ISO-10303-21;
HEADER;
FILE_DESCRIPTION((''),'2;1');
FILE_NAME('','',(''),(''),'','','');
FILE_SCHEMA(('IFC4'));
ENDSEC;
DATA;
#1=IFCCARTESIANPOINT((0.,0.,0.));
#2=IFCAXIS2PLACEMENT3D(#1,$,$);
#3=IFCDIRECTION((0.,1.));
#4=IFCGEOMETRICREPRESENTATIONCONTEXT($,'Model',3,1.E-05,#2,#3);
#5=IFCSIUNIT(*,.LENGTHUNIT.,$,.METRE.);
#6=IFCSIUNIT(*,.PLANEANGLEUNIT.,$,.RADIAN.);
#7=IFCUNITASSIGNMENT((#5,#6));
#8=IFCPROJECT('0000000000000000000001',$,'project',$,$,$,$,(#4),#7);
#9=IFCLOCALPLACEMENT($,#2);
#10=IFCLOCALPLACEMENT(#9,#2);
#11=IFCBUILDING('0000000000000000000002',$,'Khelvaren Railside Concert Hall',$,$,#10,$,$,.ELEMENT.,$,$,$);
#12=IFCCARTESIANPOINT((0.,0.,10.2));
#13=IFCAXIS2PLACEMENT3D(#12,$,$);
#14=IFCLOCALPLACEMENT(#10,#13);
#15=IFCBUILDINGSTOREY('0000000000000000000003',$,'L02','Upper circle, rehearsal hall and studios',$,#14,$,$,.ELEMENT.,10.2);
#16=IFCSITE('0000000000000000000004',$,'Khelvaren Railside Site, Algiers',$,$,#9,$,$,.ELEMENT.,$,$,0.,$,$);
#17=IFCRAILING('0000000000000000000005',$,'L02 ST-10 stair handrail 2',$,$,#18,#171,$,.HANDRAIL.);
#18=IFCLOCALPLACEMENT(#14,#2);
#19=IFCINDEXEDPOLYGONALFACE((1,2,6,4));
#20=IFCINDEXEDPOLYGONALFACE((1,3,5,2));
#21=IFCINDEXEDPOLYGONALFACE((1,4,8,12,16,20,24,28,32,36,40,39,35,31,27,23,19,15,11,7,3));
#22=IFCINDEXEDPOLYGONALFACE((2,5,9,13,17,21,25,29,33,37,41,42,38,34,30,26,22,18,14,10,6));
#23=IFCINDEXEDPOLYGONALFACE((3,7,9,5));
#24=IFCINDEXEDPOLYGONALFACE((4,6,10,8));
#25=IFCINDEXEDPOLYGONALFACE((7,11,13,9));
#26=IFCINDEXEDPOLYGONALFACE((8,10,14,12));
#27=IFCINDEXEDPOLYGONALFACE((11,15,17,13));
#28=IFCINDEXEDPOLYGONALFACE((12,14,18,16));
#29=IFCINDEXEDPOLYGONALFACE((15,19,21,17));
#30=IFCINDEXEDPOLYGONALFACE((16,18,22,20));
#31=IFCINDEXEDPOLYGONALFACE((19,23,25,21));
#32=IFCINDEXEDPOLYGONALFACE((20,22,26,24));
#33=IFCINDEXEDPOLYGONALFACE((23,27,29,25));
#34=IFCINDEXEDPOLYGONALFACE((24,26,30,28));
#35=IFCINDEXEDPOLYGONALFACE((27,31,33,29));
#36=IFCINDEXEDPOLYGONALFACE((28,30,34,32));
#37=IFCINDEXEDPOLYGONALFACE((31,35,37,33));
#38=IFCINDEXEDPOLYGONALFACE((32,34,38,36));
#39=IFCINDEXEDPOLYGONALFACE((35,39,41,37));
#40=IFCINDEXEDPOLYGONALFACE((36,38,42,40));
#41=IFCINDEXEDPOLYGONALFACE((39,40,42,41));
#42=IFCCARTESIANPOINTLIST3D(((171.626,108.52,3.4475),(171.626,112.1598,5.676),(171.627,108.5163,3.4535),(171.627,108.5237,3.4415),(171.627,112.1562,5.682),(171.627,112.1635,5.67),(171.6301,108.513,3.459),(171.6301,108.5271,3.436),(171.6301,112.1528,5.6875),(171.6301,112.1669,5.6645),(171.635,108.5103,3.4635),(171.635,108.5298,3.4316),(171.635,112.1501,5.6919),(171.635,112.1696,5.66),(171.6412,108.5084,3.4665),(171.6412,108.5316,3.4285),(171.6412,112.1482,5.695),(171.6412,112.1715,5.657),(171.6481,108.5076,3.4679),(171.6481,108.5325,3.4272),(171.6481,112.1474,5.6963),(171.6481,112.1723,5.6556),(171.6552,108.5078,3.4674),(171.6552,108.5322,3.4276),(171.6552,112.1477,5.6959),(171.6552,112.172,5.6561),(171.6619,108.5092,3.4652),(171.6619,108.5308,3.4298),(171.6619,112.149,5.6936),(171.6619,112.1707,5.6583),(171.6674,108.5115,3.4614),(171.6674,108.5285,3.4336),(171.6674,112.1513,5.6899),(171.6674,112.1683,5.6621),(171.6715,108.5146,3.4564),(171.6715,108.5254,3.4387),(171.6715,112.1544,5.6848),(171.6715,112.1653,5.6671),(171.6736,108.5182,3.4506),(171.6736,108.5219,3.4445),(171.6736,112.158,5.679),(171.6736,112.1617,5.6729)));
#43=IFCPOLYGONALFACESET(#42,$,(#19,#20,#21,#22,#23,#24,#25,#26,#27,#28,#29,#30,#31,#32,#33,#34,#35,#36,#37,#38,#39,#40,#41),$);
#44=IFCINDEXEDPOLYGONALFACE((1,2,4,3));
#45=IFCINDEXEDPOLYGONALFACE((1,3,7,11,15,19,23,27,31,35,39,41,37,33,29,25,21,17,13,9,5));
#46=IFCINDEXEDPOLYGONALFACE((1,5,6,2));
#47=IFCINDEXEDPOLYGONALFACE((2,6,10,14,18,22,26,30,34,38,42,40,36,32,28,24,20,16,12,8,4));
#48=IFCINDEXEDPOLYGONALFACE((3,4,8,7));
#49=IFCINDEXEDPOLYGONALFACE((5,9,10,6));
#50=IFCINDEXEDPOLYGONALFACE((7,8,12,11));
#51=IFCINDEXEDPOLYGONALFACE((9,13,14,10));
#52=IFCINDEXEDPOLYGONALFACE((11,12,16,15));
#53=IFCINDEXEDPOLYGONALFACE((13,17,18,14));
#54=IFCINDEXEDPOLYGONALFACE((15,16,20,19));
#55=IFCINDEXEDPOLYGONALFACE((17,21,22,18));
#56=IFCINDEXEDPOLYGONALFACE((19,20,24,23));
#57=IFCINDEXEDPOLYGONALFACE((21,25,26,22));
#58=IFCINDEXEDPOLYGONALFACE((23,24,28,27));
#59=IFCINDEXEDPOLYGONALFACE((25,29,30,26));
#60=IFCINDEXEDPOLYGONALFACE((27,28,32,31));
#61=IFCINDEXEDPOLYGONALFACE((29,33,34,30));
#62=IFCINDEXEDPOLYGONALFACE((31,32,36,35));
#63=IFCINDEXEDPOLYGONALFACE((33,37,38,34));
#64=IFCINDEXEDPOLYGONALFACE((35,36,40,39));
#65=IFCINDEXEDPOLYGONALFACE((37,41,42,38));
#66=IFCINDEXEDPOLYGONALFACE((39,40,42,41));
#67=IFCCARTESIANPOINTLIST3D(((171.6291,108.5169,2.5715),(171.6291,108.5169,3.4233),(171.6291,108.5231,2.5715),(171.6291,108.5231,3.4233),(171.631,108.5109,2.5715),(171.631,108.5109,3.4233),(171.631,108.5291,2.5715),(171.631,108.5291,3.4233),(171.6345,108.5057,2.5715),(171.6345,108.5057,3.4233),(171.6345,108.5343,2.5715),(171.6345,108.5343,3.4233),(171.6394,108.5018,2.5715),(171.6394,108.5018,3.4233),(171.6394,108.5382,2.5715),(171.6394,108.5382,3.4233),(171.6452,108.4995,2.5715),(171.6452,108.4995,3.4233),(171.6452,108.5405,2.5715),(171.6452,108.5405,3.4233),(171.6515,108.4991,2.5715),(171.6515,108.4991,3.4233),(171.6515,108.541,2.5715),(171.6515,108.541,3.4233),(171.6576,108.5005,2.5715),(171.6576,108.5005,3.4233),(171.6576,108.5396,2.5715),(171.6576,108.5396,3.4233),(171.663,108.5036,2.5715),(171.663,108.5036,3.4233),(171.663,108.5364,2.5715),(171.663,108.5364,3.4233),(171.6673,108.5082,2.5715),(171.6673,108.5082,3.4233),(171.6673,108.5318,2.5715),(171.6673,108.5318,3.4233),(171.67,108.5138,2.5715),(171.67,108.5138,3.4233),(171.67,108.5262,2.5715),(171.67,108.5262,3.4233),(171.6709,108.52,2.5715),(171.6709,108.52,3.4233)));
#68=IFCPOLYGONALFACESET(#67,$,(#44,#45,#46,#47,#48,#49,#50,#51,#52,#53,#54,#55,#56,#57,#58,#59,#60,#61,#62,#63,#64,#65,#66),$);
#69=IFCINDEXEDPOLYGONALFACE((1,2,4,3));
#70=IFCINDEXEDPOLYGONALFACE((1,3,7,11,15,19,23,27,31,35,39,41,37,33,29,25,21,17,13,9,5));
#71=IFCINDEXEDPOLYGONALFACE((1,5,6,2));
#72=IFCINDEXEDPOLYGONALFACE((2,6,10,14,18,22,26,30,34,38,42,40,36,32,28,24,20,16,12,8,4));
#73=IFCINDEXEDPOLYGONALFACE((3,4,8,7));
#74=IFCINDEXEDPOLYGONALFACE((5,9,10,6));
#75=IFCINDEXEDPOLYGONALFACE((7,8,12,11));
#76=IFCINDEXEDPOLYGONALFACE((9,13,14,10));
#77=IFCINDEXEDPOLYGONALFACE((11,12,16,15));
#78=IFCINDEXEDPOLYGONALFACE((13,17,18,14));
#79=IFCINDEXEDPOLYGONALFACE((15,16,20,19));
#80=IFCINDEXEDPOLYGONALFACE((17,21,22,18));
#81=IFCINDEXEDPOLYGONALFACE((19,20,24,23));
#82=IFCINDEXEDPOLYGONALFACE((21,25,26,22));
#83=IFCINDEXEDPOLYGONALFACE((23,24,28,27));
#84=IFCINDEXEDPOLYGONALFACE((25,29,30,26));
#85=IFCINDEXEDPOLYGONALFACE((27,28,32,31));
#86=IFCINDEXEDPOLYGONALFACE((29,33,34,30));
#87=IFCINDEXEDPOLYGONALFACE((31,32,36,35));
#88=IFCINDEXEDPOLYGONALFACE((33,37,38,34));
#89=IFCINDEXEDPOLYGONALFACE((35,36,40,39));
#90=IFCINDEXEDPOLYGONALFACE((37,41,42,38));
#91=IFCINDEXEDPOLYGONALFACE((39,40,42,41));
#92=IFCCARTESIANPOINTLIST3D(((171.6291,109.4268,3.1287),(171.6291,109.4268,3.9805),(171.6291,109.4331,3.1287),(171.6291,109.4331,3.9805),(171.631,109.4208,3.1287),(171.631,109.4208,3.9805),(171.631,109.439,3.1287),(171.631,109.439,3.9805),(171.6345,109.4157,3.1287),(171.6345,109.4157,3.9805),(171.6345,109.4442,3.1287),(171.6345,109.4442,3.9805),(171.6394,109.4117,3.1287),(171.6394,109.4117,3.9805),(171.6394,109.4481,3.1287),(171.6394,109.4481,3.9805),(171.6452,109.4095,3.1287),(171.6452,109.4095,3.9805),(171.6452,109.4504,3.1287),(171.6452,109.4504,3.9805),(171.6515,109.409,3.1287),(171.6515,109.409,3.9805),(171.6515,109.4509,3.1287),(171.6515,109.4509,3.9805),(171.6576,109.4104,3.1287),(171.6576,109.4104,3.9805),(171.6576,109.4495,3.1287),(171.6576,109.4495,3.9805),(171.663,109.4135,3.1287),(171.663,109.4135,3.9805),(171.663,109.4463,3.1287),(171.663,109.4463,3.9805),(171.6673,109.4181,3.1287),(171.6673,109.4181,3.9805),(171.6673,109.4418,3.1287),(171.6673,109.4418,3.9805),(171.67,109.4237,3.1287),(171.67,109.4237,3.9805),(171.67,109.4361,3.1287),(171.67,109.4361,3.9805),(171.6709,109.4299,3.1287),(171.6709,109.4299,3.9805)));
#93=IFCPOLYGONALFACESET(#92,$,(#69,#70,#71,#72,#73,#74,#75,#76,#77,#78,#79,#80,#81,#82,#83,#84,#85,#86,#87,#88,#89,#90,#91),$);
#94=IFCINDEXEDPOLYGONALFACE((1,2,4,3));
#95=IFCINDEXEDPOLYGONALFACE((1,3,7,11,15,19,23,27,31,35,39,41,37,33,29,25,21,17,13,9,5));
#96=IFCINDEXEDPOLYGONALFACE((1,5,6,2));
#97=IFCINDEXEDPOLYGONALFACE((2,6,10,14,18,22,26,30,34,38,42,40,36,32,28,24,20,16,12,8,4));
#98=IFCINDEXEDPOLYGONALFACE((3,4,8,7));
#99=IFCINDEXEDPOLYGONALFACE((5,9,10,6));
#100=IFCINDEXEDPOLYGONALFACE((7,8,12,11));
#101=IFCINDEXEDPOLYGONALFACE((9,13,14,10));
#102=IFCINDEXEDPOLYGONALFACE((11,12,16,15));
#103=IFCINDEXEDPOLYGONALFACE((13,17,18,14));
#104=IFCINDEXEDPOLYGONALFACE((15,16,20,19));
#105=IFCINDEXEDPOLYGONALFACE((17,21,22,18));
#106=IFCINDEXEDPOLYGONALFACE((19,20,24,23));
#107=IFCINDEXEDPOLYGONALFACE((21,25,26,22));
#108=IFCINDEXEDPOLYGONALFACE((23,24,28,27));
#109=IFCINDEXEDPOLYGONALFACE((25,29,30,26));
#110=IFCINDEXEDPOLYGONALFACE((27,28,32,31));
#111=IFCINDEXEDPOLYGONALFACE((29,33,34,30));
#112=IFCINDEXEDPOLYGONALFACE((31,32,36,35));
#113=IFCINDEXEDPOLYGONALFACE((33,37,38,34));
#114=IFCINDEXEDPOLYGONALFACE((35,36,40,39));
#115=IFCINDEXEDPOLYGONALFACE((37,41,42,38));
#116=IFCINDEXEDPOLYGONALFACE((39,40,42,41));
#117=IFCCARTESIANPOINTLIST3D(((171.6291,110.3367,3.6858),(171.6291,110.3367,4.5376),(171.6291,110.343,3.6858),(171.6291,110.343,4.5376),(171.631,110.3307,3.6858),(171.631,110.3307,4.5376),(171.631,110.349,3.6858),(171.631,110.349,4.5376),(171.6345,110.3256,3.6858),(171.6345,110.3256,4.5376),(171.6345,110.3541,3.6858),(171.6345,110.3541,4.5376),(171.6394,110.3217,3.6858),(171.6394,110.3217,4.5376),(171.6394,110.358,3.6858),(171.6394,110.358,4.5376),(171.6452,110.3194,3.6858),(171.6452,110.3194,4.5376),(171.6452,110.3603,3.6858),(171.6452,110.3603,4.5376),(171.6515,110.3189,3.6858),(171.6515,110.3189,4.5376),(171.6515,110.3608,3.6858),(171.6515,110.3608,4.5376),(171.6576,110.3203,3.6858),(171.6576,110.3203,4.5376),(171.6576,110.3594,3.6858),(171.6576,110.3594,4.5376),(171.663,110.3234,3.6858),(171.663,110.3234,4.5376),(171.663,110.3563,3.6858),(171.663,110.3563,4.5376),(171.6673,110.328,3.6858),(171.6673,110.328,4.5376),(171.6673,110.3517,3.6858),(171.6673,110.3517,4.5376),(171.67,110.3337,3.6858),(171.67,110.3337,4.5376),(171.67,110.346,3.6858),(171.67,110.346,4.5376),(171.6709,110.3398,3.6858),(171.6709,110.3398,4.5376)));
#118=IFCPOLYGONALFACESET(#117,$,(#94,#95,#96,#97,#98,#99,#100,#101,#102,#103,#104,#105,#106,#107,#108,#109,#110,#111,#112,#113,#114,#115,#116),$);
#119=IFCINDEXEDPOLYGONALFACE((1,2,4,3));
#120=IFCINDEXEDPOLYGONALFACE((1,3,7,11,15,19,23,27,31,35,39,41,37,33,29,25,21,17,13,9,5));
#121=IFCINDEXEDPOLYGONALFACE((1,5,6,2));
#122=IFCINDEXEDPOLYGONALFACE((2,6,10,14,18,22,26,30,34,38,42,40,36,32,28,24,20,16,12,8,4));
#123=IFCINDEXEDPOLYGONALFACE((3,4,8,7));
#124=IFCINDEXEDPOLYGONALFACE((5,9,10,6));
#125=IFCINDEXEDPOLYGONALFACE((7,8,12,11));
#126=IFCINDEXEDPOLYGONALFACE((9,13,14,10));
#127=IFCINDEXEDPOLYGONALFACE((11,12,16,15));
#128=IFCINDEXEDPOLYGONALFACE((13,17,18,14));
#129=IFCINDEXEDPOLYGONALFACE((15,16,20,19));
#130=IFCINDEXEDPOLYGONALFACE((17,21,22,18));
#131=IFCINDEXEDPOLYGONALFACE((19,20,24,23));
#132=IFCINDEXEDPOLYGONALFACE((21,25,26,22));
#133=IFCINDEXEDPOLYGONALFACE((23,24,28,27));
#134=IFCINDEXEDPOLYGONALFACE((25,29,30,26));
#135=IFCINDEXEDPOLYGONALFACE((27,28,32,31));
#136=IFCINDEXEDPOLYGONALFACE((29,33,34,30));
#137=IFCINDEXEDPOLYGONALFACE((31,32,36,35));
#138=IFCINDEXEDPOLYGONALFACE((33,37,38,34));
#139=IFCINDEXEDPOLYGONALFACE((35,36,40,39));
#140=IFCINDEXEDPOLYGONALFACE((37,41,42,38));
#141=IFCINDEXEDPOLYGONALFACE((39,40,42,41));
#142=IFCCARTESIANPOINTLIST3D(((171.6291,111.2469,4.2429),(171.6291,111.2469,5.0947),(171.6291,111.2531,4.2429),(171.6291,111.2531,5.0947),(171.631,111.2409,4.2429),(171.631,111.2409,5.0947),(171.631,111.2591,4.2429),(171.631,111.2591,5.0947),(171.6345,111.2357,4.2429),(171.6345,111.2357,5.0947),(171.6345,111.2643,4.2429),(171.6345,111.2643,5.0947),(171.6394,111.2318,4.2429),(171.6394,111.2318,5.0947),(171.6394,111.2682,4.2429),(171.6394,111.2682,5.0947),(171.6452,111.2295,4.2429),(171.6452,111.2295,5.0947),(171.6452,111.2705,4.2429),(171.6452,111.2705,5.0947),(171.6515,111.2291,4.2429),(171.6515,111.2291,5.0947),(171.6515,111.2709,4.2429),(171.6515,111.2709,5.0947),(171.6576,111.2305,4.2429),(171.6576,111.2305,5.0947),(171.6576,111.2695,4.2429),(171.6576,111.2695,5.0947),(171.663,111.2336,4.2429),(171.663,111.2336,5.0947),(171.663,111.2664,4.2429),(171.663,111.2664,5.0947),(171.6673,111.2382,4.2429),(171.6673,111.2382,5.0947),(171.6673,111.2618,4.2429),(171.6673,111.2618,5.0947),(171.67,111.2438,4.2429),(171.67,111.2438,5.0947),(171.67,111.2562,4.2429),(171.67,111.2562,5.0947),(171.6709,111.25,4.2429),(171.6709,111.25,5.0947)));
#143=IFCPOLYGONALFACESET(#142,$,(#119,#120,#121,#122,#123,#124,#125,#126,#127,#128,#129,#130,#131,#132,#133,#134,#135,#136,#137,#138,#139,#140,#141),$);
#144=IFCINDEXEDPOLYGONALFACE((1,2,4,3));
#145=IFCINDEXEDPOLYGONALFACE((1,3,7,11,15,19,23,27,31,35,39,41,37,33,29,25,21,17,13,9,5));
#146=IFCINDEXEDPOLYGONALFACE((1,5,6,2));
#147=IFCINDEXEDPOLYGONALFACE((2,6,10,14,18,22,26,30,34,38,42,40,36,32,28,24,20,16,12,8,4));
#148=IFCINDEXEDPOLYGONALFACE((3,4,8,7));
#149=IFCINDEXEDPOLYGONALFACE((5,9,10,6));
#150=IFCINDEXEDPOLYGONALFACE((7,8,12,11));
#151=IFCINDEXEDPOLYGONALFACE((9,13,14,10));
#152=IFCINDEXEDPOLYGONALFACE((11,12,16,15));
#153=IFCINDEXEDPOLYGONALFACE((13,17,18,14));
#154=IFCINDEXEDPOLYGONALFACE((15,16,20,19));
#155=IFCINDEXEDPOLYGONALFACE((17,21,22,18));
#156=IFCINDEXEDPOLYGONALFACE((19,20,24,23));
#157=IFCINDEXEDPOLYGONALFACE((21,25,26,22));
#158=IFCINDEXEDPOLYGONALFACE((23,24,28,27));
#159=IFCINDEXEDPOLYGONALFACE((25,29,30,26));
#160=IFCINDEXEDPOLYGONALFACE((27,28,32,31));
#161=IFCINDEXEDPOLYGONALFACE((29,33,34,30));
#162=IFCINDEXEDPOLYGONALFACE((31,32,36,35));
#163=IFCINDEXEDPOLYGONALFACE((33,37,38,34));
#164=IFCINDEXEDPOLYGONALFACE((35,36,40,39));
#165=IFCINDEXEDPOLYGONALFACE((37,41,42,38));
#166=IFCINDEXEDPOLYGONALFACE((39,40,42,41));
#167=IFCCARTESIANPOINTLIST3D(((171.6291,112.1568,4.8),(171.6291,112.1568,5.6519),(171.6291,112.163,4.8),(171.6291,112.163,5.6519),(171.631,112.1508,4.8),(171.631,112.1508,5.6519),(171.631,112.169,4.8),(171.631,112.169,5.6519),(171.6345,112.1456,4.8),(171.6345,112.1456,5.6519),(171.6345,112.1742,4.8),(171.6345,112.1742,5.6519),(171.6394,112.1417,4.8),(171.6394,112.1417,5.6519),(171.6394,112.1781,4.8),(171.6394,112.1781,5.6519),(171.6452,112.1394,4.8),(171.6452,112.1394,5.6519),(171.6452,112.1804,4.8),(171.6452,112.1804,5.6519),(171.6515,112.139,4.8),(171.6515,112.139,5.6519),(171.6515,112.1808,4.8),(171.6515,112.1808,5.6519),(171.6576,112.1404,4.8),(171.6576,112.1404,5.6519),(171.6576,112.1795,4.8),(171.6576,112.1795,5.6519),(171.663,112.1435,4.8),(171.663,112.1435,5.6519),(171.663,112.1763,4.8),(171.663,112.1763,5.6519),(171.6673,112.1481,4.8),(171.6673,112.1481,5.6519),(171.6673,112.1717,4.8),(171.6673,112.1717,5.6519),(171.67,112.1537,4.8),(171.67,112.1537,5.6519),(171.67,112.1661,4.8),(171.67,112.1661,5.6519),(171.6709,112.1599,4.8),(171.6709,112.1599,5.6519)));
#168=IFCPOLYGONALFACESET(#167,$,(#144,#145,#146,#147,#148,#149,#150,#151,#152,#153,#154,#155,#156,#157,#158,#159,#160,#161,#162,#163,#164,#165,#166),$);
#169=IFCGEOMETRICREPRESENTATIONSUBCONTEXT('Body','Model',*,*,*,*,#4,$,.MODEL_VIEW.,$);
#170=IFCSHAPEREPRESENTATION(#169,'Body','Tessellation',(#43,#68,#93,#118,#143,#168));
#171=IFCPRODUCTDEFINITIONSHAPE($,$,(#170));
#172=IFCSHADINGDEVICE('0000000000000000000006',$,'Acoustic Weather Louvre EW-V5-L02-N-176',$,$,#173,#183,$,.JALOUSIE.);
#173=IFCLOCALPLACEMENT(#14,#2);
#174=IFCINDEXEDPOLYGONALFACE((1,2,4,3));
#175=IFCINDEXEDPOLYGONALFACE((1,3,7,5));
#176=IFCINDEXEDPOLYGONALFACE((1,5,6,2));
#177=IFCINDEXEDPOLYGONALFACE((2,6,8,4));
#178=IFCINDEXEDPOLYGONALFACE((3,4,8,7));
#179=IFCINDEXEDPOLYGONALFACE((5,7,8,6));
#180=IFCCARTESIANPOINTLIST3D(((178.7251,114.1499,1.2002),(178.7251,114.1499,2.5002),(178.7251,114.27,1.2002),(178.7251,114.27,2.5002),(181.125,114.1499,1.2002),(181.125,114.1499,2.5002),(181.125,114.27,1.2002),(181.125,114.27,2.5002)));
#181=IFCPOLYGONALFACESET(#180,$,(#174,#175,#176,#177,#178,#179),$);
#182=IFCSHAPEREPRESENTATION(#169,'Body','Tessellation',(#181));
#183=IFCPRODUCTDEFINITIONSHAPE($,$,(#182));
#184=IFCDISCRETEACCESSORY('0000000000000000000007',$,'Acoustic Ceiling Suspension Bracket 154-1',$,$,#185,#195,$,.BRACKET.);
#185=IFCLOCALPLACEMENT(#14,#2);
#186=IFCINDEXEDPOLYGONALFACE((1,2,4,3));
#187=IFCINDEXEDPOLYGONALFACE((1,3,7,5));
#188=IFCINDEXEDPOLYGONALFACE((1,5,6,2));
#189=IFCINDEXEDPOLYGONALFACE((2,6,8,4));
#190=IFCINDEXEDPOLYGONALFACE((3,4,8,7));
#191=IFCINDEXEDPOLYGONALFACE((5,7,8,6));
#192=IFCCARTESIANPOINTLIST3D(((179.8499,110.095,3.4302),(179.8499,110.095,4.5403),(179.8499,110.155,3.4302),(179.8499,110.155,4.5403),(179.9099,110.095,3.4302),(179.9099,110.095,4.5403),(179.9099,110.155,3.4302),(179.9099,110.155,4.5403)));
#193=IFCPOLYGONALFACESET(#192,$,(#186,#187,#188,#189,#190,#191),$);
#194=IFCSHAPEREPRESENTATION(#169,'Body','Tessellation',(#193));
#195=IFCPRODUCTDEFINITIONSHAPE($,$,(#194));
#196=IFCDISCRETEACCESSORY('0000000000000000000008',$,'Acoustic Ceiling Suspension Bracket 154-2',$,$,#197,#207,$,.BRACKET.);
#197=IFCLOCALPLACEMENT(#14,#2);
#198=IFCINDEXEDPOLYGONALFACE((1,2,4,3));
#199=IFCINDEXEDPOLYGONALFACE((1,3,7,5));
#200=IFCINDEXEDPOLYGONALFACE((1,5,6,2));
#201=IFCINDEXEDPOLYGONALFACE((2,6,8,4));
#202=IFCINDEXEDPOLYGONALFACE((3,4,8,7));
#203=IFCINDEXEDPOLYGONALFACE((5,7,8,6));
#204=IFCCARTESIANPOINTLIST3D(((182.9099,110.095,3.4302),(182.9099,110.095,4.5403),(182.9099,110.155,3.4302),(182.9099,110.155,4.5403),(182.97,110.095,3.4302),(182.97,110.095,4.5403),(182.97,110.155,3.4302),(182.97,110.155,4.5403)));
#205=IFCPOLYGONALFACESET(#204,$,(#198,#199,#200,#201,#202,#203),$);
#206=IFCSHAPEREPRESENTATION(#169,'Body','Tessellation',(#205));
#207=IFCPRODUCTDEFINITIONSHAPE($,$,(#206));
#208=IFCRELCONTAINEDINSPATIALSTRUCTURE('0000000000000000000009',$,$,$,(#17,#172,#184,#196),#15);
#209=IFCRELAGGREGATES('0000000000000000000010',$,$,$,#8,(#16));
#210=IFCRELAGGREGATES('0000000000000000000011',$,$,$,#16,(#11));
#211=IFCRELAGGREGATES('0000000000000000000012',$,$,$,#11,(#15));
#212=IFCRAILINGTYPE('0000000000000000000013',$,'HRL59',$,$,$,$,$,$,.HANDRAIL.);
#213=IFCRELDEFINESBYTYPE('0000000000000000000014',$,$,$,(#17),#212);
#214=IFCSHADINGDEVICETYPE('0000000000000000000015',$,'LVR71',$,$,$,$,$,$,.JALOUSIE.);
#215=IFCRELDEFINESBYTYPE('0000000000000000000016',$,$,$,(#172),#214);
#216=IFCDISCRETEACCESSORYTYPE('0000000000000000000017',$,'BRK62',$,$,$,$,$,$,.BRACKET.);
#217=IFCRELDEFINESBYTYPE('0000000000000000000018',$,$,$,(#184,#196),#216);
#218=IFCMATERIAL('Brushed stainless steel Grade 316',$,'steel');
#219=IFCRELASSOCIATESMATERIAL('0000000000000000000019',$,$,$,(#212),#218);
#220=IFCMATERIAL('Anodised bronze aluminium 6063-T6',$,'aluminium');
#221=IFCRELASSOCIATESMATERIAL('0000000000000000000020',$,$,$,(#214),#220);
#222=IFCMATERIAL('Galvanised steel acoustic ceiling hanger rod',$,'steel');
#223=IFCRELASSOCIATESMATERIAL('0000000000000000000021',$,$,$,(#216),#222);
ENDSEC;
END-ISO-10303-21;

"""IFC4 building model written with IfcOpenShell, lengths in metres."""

from ifc_helpers import new_model, si_unit, direction, frame, origin, origin_2d, place, context, subcontext, project, spatial, rectangle, circle, extrude, material, type_object, element, save


model = new_model("IFC4")

# Units and contexts
model_context = context("Model", 3, precision=1e-05, world=origin(), true_north=direction((0.0, 1.0)))
body_context = subcontext(model_context, "Body", "Model", "MODEL_VIEW")
ifc_project = project(units=[si_unit("LENGTHUNIT", "METRE"), si_unit("PLANEANGLEUNIT", "RADIAN")], contexts=[model_context])

# Site, building, storey
site_placement = place(None, origin())
site = spatial("IfcSite", under=ifc_project, at=site_placement, Name="Khelvaren Railside Site, Algiers", CompositionType="ELEMENT", RefElevation=0.0)
building_placement = place(site_placement, origin())
building = spatial("IfcBuilding", under=site, at=building_placement, Name="Khelvaren Railside Concert Hall", CompositionType="ELEMENT")
storey_placement = place(building_placement, frame((0.0, 0.0, 10.2)))
storey = spatial("IfcBuildingStorey", under=building, at=storey_placement, Name="L02", Description="Upper circle, rehearsal hall and studios", CompositionType="ELEMENT", Elevation=10.2)

# Railing
ifc_material_1 = material(Name="Brushed stainless steel Grade 316", Category="steel")
railing_type_1 = type_object("IfcRailingType", Name="HRL59", PredefinedType="HANDRAIL", material=ifc_material_1)
railing_1_placement = place(storey_placement, frame((171.6499, 108.52, 2.5715)))
element("IfcRailing", 1, at=railing_1_placement, inside=storey, type_object=railing_type_1, Name="L02 ST-10 stair handrail 2", PredefinedType="HANDRAIL", context=body_context, shape_type="SweptSolid", body=[
    extrude(circle(Radius=0.0239, at=origin_2d()), frame((0.0, 0.0, 0.876), z_axis=(0.0, 0.85285, 0.522156), x_axis=(-1.0, 0.0, 0.0)), (0.0, 0.0, 1.0), 4.2678),
    extrude(circle(Radius=0.021, at=origin_2d()), origin(), (0.0, 0.0, 1.0), 0.8518),
    extrude(circle(Radius=0.021, at=origin_2d()), frame((0.0, 0.9099, 0.5571)), (0.0, 0.0, 1.0), 0.8518),
    extrude(circle(Radius=0.021, at=origin_2d()), frame((0.0, 1.8198, 1.1143)), (0.0, 0.0, 1.0), 0.8518),
    extrude(circle(Radius=0.021, at=origin_2d()), frame((0.0, 2.73, 1.6714)), (0.0, 0.0, 1.0), 0.8518),
    extrude(circle(Radius=0.021, at=origin_2d()), frame((0.0, 3.6399, 2.2285)), (0.0, 0.0, 1.0), 0.8518),
])

# Shading device
ifc_material_2 = material(Name="Anodised bronze aluminium 6063-T6", Category="aluminium")
shading_device_type = type_object("IfcShadingDeviceType", Name="LVR71", PredefinedType="JALOUSIE", material=ifc_material_2)
shading_device_placement = place(storey_placement, frame((179.925, 114.21, 1.2002), z_axis=(0.0, 0.0, 1.0), x_axis=(1.0, 0.0, 0.0)))
element("IfcShadingDevice", 2, at=shading_device_placement, inside=storey, type_object=shading_device_type, Name="Acoustic Weather Louvre EW-V5-L02-N-176", PredefinedType="JALOUSIE", context=body_context, shape_type="SweptSolid", body=[
    extrude(rectangle(XDim=2.3999, YDim=0.1201, at=origin_2d()), origin(), (0.0, 0.0, 1.0), 1.3),
])

# Discrete accessories
ifc_material_3 = material(Name="Galvanised steel acoustic ceiling hanger rod", Category="steel")
discrete_accessory_type_1 = type_object("IfcDiscreteAccessoryType", Name="BRK62", PredefinedType="BRACKET", material=ifc_material_3)
for number, where, z_axis, x_axis, name in (
    (3, (179.8799, 110.125, 3.4302), (0.0, 0.0, 1.0), (1.0, 0.0, 0.0), "Acoustic Ceiling Suspension Bracket 154-1"),
    (4, (182.9399, 110.125, 3.4302), (0.0, 0.0, 1.0), (1.0, 0.0, 0.0), "Acoustic Ceiling Suspension Bracket 154-2"),
):
    element("IfcDiscreteAccessory", number, at=place(storey_placement, frame(where, z_axis=z_axis, x_axis=x_axis)), inside=storey, type_object=discrete_accessory_type_1, Name=name, PredefinedType="BRACKET", context=body_context, shape_type="SweptSolid", body=[
        extrude(rectangle(XDim=0.0601, YDim=0.0601, at=origin_2d()), origin(), (0.0, 0.0, 1.0), 1.1101),
    ])

save(model, "model.ifc")
